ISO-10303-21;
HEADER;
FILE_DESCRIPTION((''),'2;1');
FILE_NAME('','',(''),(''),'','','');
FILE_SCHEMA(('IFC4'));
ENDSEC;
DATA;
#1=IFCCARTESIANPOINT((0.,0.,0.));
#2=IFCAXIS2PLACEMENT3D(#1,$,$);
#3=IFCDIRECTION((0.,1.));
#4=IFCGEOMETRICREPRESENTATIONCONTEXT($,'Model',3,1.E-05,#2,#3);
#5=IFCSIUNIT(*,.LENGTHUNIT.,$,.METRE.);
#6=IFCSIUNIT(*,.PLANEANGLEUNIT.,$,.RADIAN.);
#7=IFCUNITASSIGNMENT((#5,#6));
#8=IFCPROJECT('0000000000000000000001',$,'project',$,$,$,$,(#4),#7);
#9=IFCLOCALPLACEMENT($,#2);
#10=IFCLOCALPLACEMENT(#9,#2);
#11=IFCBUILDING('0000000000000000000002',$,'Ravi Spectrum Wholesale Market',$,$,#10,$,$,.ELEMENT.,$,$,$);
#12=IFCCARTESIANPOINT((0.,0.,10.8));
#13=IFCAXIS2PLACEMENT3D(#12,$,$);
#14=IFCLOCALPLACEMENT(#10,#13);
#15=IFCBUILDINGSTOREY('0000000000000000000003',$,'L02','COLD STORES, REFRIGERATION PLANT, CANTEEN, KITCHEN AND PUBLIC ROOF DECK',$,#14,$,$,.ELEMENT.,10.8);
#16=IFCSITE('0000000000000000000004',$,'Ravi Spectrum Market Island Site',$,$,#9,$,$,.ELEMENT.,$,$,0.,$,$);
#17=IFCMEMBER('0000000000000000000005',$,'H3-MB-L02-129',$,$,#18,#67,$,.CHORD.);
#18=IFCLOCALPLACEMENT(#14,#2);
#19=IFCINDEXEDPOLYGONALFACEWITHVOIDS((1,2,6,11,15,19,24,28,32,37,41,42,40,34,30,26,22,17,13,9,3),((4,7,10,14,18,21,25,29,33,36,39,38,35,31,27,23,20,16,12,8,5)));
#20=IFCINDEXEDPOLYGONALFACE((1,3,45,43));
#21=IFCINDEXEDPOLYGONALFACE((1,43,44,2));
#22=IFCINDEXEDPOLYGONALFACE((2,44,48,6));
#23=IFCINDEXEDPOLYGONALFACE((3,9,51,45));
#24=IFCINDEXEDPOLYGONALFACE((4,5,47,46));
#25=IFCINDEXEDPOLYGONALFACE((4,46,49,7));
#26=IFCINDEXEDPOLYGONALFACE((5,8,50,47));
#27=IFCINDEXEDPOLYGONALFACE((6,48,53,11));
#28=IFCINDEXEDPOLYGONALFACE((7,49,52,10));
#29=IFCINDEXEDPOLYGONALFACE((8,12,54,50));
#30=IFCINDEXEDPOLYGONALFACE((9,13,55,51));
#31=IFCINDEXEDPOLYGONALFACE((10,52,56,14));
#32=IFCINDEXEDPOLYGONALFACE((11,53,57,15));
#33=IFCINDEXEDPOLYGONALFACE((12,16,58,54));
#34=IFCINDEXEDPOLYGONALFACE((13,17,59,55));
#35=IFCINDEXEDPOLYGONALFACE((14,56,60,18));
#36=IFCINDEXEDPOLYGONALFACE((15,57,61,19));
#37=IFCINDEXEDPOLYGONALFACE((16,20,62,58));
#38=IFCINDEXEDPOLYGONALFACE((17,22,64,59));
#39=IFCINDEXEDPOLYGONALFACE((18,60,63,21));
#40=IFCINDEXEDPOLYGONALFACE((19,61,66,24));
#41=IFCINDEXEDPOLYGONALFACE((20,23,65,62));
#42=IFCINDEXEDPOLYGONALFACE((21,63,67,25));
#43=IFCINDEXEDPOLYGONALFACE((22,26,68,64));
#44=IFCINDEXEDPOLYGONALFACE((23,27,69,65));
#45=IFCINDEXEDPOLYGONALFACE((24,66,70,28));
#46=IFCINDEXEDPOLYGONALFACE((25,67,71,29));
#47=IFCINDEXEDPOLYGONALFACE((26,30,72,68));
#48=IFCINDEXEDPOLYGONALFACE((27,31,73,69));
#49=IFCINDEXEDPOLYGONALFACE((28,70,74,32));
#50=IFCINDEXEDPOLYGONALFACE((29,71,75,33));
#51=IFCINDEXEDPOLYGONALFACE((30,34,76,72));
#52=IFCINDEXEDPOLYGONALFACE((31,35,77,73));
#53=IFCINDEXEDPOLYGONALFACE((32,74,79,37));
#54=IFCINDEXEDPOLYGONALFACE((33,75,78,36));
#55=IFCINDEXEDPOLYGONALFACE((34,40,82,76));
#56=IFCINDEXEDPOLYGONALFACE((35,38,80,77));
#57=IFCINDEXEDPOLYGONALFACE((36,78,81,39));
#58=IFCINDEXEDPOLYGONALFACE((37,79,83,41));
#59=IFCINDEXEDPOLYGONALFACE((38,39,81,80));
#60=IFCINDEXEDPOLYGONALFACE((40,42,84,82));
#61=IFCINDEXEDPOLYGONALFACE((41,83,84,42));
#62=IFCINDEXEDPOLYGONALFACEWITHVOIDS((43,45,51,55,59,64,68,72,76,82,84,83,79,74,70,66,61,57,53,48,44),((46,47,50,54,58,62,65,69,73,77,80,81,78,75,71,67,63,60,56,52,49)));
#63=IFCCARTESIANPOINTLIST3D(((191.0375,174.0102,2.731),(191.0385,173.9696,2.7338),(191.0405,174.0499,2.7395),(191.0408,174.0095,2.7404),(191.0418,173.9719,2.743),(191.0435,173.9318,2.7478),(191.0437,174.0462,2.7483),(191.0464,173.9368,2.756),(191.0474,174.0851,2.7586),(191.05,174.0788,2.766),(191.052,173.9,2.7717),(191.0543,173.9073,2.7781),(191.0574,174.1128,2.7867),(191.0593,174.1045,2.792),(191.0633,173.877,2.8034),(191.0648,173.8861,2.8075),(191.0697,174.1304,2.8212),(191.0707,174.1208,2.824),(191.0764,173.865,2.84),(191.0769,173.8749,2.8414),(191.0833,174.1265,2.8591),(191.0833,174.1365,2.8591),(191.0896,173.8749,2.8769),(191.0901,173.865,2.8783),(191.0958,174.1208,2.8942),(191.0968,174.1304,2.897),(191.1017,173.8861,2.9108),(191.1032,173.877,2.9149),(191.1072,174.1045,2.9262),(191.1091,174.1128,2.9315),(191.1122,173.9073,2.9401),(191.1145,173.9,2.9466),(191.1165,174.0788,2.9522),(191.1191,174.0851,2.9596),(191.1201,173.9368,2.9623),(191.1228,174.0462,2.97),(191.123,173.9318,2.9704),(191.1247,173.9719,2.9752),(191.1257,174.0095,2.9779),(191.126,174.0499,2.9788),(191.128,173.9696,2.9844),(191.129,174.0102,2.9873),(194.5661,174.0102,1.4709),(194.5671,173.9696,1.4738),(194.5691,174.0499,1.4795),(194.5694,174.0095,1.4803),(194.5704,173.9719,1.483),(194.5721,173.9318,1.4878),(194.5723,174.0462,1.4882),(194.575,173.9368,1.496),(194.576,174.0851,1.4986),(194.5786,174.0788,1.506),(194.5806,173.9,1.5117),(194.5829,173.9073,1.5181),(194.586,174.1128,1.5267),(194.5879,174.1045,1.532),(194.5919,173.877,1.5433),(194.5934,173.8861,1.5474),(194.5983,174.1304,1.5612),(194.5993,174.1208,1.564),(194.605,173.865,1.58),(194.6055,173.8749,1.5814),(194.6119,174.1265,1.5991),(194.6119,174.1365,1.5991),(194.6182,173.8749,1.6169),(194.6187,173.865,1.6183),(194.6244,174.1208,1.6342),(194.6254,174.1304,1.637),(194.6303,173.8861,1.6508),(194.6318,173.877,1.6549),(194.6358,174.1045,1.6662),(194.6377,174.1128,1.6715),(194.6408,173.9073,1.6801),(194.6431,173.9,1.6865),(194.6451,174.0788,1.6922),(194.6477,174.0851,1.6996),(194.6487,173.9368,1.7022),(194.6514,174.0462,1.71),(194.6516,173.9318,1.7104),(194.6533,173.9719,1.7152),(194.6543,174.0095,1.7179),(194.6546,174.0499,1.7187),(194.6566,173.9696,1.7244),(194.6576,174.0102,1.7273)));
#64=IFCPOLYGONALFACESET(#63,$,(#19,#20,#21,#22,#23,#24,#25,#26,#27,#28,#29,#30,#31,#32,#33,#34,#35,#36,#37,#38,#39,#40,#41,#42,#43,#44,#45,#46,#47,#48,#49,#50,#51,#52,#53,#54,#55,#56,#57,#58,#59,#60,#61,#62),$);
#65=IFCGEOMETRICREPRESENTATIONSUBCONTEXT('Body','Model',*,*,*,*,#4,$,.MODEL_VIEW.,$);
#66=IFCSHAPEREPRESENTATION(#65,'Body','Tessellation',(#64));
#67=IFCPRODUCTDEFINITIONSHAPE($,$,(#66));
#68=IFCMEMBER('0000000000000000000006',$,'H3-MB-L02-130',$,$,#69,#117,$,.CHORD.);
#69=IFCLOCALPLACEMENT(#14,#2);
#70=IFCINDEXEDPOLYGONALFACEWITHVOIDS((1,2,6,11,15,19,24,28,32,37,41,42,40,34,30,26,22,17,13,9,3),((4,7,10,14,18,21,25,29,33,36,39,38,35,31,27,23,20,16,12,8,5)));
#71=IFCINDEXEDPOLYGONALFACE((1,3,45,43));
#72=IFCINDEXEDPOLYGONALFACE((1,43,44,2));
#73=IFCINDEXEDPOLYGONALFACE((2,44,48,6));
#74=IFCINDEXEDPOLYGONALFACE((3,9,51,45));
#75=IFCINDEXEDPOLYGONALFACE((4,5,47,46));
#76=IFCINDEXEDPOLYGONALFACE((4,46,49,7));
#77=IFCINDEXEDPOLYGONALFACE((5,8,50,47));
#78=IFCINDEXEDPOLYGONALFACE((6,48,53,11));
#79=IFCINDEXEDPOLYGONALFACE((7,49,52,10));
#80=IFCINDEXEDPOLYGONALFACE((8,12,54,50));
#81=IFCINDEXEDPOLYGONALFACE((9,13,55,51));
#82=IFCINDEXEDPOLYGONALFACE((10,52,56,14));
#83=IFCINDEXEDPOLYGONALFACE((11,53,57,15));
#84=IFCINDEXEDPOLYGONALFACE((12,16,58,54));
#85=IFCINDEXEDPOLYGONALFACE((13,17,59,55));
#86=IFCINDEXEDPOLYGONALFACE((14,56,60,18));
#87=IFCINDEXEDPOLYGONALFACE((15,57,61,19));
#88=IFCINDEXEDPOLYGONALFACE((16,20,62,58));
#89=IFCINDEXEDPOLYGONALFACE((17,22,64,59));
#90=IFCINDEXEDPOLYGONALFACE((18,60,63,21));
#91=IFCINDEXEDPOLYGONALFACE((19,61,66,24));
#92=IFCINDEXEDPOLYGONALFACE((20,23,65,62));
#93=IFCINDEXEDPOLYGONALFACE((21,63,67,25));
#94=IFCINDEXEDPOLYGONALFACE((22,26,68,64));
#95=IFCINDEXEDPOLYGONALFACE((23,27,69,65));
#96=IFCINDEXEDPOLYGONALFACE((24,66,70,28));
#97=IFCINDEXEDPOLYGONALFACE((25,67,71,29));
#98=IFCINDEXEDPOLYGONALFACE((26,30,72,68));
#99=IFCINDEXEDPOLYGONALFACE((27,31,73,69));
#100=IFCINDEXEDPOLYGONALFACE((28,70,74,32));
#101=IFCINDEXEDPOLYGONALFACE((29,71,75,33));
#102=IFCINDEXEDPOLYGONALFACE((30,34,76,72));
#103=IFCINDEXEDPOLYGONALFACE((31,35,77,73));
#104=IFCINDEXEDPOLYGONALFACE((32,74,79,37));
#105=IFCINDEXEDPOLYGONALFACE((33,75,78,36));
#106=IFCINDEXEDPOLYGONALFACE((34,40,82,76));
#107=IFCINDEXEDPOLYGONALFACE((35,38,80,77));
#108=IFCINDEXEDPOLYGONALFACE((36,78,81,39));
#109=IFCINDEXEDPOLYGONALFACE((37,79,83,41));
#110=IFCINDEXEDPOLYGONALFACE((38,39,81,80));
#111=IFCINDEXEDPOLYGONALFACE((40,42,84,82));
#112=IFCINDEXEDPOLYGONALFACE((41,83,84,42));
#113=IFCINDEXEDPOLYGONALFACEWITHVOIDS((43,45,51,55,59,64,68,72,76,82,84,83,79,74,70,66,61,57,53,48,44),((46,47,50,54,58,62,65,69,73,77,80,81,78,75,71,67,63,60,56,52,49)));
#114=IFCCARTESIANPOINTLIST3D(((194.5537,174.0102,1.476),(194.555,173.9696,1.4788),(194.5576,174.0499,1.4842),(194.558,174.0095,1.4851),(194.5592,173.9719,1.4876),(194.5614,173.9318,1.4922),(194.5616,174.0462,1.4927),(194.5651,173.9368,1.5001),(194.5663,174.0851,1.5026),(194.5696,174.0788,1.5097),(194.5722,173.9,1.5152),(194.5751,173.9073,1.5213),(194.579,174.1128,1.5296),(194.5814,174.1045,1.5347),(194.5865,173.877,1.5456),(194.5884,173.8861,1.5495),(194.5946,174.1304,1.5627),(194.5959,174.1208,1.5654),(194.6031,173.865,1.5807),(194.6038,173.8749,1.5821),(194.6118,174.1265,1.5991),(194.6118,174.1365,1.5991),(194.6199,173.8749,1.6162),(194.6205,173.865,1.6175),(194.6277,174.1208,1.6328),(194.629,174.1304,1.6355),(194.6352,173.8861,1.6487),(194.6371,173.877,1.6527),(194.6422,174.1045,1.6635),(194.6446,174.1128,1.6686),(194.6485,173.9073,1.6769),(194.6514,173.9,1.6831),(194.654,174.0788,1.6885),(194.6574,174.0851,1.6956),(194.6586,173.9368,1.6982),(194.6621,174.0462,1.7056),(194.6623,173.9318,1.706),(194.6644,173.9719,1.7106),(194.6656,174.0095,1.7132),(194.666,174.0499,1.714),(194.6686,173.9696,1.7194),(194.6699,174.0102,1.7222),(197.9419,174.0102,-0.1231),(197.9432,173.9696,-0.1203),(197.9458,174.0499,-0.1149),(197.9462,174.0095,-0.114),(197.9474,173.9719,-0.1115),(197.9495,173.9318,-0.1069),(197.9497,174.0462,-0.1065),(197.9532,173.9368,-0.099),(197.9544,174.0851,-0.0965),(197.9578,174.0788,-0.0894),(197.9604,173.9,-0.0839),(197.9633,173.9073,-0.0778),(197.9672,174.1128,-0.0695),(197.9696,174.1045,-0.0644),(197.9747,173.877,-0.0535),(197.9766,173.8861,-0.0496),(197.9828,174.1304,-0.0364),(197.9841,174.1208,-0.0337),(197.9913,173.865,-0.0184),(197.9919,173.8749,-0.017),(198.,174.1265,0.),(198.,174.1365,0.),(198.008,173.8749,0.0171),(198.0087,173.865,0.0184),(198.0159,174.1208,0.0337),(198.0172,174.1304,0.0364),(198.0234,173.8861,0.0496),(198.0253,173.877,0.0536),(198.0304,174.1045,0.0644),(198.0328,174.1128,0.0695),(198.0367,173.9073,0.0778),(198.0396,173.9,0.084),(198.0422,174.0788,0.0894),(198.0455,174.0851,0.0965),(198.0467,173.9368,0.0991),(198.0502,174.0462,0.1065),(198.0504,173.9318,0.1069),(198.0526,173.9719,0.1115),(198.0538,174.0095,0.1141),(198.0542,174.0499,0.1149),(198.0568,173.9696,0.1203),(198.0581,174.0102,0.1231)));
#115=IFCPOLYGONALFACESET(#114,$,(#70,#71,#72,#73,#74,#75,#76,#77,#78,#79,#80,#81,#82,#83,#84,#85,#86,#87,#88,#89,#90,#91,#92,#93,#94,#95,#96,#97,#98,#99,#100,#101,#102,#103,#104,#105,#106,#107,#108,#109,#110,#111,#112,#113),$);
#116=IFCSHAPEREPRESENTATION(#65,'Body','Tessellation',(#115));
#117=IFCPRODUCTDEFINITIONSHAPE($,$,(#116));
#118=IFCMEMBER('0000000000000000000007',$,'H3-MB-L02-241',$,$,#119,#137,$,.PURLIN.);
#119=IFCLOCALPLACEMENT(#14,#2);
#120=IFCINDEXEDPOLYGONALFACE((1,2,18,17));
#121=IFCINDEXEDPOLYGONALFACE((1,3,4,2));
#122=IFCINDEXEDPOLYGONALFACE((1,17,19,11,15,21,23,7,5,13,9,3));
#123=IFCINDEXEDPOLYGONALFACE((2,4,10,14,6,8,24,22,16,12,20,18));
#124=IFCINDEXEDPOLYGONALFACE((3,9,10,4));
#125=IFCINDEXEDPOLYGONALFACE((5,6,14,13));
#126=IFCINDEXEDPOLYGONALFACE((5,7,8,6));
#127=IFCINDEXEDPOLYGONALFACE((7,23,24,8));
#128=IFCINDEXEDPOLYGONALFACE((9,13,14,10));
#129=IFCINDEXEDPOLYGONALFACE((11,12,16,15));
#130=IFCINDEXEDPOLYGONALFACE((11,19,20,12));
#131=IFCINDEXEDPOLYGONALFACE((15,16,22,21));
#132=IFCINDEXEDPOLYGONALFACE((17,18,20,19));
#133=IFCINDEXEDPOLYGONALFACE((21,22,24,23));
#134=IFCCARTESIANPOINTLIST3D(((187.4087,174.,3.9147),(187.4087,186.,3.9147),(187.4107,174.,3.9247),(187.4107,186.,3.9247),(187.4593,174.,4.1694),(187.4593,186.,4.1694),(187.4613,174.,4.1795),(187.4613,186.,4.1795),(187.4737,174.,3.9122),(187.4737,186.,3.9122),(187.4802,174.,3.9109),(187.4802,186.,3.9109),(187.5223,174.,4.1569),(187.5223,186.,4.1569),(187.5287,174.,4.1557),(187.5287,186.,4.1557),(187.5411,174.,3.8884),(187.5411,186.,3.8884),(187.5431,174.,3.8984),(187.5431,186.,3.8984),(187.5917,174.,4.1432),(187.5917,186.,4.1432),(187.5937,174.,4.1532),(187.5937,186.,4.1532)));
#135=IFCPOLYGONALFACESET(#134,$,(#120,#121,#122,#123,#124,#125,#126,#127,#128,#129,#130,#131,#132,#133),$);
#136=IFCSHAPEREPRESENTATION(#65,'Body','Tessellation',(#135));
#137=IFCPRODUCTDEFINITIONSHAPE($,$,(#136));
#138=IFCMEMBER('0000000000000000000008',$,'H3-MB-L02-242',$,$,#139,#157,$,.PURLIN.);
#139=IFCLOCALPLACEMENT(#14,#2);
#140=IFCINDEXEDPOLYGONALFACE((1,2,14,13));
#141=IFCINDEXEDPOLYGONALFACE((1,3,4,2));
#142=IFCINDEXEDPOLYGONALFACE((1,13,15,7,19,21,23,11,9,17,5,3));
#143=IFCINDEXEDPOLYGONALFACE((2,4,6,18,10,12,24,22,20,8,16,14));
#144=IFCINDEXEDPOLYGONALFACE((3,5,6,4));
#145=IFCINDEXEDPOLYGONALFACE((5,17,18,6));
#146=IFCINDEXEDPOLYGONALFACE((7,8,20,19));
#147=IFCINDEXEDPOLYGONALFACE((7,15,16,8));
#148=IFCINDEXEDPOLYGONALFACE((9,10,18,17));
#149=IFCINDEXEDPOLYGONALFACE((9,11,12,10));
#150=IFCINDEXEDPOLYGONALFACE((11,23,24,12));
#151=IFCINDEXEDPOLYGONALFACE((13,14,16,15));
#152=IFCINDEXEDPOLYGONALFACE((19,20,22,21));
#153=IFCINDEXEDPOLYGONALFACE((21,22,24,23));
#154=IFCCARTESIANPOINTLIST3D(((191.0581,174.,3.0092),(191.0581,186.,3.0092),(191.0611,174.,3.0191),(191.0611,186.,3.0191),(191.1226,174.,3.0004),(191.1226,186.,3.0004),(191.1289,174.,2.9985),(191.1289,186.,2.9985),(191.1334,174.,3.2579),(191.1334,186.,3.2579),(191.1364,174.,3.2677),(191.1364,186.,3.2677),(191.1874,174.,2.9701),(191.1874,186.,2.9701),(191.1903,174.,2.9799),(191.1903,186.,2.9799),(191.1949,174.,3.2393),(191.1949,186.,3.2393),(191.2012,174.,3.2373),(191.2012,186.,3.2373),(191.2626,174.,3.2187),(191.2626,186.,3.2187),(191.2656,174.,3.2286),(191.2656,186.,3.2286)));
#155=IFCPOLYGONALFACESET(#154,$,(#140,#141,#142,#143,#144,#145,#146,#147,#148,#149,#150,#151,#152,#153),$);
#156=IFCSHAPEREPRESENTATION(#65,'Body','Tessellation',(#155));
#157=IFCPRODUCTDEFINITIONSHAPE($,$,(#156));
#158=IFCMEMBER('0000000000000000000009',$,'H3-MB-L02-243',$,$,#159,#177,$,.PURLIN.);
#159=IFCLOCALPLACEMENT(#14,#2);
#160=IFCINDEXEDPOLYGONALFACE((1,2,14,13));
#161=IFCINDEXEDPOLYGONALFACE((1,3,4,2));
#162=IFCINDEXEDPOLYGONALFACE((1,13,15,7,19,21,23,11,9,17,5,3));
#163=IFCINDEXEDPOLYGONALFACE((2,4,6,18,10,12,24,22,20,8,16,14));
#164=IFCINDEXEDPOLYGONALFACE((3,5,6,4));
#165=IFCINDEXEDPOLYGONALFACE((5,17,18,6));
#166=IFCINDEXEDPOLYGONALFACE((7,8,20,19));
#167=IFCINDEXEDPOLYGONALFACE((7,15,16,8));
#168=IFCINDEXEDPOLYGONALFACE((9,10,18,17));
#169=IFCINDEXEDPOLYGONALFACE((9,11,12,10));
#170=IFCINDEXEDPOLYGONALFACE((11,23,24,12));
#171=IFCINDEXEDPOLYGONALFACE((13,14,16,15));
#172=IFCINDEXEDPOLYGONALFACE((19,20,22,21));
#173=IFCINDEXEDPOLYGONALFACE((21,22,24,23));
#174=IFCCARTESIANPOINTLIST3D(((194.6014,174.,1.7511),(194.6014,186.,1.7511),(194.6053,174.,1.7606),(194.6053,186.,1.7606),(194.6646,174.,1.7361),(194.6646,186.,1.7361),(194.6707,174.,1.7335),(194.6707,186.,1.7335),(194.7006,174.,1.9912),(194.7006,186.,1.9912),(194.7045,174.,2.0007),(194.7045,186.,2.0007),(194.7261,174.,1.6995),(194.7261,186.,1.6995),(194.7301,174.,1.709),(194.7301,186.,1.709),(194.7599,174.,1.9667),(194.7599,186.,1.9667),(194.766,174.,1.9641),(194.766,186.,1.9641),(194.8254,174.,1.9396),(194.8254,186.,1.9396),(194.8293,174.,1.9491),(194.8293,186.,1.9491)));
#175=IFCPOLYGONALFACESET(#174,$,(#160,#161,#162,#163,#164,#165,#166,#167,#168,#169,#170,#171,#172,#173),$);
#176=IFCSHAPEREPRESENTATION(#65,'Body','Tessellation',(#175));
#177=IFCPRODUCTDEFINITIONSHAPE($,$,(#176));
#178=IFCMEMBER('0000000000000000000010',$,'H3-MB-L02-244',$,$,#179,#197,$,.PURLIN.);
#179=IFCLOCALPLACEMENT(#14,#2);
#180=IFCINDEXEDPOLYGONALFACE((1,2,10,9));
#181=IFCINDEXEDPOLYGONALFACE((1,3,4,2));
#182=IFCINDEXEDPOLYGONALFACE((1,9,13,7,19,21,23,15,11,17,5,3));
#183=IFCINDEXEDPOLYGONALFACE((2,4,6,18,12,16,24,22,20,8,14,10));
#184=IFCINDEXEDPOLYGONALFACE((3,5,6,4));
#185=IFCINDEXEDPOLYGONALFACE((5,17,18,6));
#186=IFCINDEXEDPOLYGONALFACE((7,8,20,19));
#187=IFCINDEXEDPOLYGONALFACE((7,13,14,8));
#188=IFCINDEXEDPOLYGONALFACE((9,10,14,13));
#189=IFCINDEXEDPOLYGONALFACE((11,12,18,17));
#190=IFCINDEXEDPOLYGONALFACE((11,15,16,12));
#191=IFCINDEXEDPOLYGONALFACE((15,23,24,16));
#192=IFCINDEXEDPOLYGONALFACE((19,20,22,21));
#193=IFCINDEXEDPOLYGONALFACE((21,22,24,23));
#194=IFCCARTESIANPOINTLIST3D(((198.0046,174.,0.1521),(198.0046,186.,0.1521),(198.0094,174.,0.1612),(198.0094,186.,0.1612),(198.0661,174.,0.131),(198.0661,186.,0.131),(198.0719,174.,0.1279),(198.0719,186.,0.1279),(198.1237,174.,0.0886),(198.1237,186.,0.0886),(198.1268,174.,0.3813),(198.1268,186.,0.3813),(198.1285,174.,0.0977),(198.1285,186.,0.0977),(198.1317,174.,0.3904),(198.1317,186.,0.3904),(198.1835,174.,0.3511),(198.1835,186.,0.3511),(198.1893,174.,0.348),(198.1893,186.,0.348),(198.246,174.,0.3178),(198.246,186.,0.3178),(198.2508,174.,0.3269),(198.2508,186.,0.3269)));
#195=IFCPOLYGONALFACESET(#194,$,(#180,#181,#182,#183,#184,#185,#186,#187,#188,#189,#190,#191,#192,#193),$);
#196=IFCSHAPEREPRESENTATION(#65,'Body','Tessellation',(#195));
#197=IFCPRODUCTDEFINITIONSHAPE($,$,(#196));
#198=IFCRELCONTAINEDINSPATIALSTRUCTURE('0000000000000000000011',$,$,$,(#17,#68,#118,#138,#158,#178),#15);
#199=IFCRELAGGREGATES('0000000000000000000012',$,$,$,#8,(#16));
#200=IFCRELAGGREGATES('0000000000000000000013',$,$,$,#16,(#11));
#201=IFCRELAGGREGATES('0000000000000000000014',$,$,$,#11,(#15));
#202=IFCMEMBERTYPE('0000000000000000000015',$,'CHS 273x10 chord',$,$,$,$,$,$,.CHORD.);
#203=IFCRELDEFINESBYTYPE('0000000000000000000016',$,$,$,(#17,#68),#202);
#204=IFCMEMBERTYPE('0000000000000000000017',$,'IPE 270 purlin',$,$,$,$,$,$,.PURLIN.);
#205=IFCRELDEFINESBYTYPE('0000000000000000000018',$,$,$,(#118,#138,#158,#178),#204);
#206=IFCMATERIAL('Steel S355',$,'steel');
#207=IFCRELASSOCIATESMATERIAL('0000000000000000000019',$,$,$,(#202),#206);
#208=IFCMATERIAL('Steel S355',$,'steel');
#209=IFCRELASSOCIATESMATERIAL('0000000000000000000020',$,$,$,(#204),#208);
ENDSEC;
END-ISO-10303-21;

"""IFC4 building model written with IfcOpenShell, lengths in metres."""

from ifc_helpers import new_model, si_unit, direction, frame, origin, origin_2d, place, context, subcontext, project, spatial, hollow_circle, i_section, extrude, material, material_profile, profile_set, type_object, element, save


model = new_model("IFC4")

# Units and contexts
model_context = context("Model", 3, precision=1e-05, world=origin(), true_north=direction((0.0, 1.0)))
body_context = subcontext(model_context, "Body", "Model", "MODEL_VIEW")
ifc_project = project(units=[si_unit("LENGTHUNIT", "METRE"), si_unit("PLANEANGLEUNIT", "RADIAN")], contexts=[model_context])

# Site, building, storey
site_placement = place(None, origin())
site = spatial("IfcSite", under=ifc_project, at=site_placement, Name="Ravi Spectrum Market Island Site", CompositionType="ELEMENT", RefElevation=0.0)
building_placement = place(site_placement, origin())
building = spatial("IfcBuilding", under=site, at=building_placement, Name="Ravi Spectrum Wholesale Market", CompositionType="ELEMENT")
storey_placement = place(building_placement, frame((0.0, 0.0, 10.8)))
storey = spatial("IfcBuildingStorey", under=building, at=storey_placement, Name="L02", Description="COLD STORES, REFRIGERATION PLANT, CANTEEN, KITCHEN AND PUBLIC ROOF DECK", CompositionType="ELEMENT", Elevation=10.8)

# Members
ifc_material_1 = material(Name="Steel S355", Category="steel")
ifc_material_profile_1 = material_profile(ifc_material_1, hollow_circle(Radius=0.1365, WallThickness=0.01, at=origin_2d()))
ifc_profile_set_1 = profile_set([ifc_material_profile_1], Name="Steel S355")
member_type_1 = type_object("IfcMemberType", Name="CHS 273x10 chord", PredefinedType="CHORD", material=ifc_profile_set_1)
member_1_placement = place(storey_placement, frame((191.0833, 174.0, 2.8591), z_axis=(0.941758, 0.0, -0.336291), x_axis=(0.0, 1.0, 0.0)))
element("IfcMember", 1, at=member_1_placement, inside=storey, type_object=member_type_1, Name="H3-MB-L02-129", PredefinedType="CHORD", context=body_context, shape_type="SweptSolid", body=[
    extrude(hollow_circle(Radius=0.1365, WallThickness=0.01, at=origin_2d()), origin(), (0.0, 0.0, 1.0), 3.7468),
])
member_2_placement = place(storey_placement, frame((194.6118, 174.0, 1.5991), z_axis=(0.904337, 0.0, -0.42682), x_axis=(0.0, 1.0, 0.0)))
element("IfcMember", 2, at=member_2_placement, inside=storey, type_object=member_type_1, Name="H3-MB-L02-130", PredefinedType="CHORD", context=body_context, shape_type="SweptSolid", body=[
    extrude(hollow_circle(Radius=0.1365, WallThickness=0.01, at=origin_2d()), origin(), (0.0, 0.0, 1.0), 3.7466),
])
ifc_material_2 = material(Name="Steel S355", Category="steel")
ifc_material_profile_2 = material_profile(ifc_material_2, i_section(OverallWidth=0.135, OverallDepth=0.27, WebThickness=0.0066, FlangeThickness=0.0103, at=origin_2d()))
ifc_profile_set_2 = profile_set([ifc_material_profile_2], Name="Steel S355")
member_type_2 = type_object("IfcMemberType", Name="IPE 270 purlin", PredefinedType="PURLIN", material=ifc_profile_set_2)
for number, where, z_axis, x_axis, name in (
    (3, (187.5012, 174.0, 4.0339), (0.0, 1.0, 0.0), (-0.980857, 0.0, 0.194731), "H3-MB-L02-241"),
    (4, (191.1619, 174.0, 3.1189), (0.0, 1.0, 0.0), (-0.9571, 0.0, 0.289758), "H3-MB-L02-242"),
    (5, (194.7153, 174.0, 1.8501), (0.0, 1.0, 0.0), (-0.92416, 0.0, 0.382006), "H3-MB-L02-243"),
    (6, (198.1277, 174.0, 0.2395), (0.0, 1.0, 0.0), (-0.882353, 0.0, 0.470588), "H3-MB-L02-244"),
):
    element("IfcMember", number, at=place(storey_placement, frame(where, z_axis=z_axis, x_axis=x_axis)), inside=storey, type_object=member_type_2, Name=name, PredefinedType="PURLIN", context=body_context, shape_type="SweptSolid", body=[
        extrude(i_section(OverallWidth=0.135, OverallDepth=0.27, WebThickness=0.0066, FlangeThickness=0.0103, at=origin_2d()), origin(), (0.0, 0.0, 1.0), 12.0),
    ])

save(model, "model.ifc")
